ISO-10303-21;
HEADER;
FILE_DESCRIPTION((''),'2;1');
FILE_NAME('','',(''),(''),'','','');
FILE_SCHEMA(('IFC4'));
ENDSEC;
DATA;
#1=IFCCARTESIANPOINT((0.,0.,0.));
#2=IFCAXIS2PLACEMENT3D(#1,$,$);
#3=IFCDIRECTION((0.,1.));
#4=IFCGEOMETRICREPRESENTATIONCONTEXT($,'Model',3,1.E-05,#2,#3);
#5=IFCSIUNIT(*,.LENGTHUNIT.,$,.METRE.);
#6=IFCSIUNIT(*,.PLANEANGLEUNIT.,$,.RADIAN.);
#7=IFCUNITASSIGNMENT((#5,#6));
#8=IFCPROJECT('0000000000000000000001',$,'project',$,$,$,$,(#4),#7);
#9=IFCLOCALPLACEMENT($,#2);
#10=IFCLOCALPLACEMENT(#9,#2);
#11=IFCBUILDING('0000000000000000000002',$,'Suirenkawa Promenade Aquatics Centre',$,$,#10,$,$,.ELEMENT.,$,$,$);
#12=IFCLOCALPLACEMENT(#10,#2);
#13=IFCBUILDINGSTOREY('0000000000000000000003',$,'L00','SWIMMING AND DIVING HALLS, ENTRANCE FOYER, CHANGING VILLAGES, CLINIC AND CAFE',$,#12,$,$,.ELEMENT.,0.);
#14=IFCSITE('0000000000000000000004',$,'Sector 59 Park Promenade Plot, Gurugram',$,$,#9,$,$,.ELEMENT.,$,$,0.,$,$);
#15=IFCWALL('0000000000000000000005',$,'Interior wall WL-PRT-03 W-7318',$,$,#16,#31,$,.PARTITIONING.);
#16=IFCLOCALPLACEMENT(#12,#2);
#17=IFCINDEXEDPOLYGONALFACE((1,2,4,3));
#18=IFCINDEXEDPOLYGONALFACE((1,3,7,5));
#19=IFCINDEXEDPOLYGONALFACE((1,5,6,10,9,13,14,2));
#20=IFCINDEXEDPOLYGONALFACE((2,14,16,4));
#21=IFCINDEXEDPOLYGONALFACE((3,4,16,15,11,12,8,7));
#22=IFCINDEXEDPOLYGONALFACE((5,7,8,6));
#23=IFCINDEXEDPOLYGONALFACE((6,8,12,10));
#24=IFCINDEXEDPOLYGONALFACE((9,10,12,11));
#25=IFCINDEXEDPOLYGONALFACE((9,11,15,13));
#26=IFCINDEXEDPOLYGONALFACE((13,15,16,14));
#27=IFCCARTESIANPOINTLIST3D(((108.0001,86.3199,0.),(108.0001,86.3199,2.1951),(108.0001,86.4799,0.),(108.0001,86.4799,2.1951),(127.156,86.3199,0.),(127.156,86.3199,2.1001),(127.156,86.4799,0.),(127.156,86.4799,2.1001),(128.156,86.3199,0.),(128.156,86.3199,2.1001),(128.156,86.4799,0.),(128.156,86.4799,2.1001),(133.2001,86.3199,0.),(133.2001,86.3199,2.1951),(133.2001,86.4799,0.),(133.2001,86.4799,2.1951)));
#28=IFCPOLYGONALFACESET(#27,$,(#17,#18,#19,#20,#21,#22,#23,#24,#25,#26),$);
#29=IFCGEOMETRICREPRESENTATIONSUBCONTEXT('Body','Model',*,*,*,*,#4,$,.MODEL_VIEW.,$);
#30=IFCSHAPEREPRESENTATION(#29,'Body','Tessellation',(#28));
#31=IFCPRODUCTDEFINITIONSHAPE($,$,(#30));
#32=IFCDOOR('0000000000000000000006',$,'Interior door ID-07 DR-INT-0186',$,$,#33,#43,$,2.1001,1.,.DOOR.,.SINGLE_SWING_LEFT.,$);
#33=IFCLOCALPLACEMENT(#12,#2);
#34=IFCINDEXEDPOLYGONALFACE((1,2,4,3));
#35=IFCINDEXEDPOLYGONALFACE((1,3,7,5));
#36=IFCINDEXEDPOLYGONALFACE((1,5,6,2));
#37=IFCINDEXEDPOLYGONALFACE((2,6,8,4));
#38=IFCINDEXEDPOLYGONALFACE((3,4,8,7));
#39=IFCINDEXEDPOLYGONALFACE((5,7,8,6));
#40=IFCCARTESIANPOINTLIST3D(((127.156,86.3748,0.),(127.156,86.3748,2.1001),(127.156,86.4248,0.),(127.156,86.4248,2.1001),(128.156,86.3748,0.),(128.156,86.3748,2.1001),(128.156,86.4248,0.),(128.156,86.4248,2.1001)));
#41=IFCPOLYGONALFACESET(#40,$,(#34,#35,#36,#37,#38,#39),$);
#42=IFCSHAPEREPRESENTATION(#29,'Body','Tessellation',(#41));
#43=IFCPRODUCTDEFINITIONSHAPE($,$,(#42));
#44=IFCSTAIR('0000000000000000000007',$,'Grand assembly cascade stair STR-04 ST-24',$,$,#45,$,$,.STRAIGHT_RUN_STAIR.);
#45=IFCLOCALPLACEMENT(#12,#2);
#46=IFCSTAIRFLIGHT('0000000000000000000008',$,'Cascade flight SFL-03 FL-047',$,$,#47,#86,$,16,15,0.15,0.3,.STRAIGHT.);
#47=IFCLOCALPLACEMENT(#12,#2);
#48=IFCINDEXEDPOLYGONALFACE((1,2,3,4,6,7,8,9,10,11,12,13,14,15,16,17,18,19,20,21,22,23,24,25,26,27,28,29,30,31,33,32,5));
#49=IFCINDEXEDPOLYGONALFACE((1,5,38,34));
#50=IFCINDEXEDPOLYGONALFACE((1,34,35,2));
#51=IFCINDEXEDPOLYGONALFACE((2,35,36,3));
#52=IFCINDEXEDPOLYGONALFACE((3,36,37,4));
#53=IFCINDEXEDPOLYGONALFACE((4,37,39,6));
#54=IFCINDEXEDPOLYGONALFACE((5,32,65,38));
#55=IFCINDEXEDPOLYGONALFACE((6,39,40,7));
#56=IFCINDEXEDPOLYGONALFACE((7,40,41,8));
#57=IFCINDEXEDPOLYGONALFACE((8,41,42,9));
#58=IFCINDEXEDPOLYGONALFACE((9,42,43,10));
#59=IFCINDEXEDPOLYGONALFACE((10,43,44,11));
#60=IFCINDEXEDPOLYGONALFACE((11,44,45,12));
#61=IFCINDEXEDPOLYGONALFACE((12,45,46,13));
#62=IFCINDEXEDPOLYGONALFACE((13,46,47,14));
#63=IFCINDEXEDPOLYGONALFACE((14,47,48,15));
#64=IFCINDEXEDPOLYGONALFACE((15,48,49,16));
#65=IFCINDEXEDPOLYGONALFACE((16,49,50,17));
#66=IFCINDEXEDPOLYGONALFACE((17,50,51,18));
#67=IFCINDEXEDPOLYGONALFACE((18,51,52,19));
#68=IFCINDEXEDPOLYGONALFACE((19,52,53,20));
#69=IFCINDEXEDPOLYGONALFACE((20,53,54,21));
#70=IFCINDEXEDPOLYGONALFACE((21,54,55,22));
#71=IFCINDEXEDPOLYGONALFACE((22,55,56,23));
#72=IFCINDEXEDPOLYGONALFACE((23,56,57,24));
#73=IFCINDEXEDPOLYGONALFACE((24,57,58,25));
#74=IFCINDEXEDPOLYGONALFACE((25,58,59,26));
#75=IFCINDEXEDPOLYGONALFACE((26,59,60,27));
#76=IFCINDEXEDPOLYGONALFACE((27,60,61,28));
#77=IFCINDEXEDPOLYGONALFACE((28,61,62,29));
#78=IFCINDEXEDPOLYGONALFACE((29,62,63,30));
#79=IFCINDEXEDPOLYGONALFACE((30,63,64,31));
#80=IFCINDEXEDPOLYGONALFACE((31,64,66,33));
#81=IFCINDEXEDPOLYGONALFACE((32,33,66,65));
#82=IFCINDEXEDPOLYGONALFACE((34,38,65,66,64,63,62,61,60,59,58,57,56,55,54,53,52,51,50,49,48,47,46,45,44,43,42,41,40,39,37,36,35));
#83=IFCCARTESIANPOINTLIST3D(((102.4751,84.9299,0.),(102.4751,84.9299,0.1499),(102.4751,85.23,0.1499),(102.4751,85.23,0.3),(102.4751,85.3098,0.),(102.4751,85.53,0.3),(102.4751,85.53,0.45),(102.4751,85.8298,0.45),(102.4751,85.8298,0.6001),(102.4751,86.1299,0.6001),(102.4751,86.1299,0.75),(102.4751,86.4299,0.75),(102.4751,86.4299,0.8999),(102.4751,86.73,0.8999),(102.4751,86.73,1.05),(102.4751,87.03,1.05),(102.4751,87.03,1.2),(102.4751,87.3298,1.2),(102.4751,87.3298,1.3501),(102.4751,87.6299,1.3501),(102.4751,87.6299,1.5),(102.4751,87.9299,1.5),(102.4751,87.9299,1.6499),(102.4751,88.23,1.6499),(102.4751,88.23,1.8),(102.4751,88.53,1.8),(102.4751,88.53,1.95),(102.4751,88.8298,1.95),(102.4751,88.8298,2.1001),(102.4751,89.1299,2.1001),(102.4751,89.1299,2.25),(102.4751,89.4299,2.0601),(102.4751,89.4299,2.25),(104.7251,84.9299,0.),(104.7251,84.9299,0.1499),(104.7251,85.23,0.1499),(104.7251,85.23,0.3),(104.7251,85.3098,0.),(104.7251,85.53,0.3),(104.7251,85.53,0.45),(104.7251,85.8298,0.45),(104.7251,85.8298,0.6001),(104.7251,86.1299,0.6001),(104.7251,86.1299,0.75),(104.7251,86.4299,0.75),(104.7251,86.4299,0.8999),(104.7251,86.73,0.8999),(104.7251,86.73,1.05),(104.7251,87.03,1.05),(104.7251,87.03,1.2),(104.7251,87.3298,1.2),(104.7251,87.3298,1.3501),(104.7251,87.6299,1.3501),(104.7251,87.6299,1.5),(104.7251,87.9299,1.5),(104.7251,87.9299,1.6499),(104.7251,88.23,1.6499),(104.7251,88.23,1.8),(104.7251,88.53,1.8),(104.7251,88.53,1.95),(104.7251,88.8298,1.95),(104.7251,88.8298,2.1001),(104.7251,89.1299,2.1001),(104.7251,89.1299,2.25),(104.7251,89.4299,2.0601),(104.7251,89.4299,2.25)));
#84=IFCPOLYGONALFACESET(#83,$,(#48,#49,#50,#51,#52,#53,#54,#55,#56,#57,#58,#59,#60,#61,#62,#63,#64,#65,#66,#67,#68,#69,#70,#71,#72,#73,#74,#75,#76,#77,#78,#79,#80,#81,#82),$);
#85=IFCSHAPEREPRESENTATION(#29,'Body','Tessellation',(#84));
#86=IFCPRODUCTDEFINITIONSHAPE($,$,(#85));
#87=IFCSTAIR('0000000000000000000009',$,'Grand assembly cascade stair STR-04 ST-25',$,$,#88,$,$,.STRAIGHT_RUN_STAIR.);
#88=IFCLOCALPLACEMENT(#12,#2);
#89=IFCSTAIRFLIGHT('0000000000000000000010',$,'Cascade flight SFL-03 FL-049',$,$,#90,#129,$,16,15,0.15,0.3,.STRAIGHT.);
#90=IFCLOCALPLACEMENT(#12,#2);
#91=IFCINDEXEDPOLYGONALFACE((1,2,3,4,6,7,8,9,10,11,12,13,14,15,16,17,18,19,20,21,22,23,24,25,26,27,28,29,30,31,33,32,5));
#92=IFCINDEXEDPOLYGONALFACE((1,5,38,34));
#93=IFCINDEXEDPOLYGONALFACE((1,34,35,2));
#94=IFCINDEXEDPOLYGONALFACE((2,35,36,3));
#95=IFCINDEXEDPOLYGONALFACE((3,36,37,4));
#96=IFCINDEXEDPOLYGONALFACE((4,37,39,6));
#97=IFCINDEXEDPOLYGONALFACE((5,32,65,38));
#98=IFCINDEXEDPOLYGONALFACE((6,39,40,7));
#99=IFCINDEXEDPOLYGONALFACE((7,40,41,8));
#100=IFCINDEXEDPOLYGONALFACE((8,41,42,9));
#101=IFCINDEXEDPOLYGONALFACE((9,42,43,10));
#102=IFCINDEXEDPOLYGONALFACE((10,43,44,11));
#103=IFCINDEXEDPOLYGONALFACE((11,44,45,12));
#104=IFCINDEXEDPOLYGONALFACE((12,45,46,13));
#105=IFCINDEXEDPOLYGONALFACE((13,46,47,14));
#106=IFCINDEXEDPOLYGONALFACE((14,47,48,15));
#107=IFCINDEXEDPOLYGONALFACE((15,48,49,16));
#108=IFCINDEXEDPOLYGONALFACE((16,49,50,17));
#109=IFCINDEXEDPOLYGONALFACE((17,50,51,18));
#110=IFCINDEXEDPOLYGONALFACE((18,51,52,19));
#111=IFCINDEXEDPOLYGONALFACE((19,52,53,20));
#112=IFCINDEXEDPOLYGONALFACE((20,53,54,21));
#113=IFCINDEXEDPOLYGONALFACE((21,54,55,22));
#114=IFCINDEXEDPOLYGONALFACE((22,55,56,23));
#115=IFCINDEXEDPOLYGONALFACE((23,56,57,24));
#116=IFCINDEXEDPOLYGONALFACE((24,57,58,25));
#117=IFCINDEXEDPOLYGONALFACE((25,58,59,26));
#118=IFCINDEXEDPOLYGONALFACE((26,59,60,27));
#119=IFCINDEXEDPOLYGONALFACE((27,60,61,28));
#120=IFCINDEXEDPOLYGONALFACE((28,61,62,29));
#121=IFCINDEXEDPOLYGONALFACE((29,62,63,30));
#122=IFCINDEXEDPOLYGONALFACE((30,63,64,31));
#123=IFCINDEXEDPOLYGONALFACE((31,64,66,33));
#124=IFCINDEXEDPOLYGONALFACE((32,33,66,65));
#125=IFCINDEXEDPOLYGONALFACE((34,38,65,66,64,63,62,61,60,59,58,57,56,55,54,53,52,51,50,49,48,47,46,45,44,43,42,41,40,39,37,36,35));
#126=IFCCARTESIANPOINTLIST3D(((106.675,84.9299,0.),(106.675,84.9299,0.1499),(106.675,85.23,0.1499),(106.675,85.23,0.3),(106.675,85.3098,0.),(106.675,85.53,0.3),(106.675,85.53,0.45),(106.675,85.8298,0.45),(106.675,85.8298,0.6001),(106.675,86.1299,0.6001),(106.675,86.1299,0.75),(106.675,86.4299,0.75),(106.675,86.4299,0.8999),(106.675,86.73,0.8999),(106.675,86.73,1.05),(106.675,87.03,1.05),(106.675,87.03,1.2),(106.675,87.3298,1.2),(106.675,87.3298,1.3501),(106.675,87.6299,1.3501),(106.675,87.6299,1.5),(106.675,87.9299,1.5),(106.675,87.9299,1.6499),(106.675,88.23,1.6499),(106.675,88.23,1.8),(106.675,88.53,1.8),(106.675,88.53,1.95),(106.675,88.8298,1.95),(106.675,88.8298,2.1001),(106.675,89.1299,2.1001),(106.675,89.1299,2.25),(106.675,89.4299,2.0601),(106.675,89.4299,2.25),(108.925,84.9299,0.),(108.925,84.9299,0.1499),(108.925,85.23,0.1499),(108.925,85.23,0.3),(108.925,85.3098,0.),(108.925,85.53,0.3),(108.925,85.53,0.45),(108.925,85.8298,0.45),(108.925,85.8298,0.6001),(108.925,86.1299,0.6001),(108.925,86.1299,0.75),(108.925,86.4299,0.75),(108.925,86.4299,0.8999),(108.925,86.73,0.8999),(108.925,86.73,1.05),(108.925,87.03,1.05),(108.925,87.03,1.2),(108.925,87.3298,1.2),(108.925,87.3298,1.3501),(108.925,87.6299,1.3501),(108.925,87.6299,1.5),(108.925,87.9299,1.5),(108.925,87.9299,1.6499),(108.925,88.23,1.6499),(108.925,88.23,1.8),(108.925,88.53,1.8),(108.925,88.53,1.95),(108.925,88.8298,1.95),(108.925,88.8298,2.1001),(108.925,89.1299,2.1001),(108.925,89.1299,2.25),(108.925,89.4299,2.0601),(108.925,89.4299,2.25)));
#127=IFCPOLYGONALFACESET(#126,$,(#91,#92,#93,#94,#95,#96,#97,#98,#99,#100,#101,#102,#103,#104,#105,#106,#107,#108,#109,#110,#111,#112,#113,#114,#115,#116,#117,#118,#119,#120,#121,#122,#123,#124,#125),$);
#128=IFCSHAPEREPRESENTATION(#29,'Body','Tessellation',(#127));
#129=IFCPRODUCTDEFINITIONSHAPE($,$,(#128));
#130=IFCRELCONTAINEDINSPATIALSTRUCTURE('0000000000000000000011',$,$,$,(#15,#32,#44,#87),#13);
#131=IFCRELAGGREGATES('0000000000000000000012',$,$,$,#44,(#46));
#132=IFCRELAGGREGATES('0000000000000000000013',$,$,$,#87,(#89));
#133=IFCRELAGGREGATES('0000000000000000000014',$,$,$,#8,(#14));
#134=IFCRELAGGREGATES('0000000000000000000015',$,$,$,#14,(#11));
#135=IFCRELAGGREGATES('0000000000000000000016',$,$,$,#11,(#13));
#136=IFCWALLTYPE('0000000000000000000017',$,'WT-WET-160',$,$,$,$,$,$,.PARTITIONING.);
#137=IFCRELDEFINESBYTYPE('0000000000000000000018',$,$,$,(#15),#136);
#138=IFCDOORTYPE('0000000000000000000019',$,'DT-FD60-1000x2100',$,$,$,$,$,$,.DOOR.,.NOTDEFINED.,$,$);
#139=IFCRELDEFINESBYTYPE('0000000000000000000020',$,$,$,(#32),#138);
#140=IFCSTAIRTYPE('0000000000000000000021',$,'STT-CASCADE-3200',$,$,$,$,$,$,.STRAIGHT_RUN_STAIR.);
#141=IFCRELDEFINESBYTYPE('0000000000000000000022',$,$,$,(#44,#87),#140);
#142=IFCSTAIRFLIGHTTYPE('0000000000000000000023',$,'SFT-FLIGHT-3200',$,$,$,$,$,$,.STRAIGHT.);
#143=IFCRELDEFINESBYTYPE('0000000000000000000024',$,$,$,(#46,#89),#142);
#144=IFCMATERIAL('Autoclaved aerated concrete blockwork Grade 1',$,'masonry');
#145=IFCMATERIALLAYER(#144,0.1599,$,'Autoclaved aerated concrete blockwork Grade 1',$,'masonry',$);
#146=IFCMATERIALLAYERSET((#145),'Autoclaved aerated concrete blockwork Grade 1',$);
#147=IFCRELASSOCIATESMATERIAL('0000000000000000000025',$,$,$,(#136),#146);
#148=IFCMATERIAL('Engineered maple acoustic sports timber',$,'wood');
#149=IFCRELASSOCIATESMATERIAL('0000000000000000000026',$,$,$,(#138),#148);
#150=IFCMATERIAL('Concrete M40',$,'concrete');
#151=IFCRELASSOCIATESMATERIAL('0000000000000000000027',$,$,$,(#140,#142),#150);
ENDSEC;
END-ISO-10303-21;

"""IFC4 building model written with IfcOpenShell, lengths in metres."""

from ifc_helpers import new_model, si_unit, direction, frame, frame_2d, origin, place, context, subcontext, project, spatial, polyline, rectangle, outline, extrude, material, layer, layer_set, type_object, element, fill, aggregate, save


model = new_model("IFC4")

# Units and contexts
model_context = context("Model", 3, precision=1e-05, world=origin(), true_north=direction((0.0, 1.0)))
body_context = subcontext(model_context, "Body", "Model", "MODEL_VIEW")
ifc_project = project(units=[si_unit("LENGTHUNIT", "METRE"), si_unit("PLANEANGLEUNIT", "RADIAN")], contexts=[model_context])

# Site, building, storey
site_placement = place(None, origin())
site = spatial("IfcSite", under=ifc_project, at=site_placement, Name="Sector 59 Park Promenade Plot, Gurugram", CompositionType="ELEMENT", RefElevation=0.0)
building_placement = place(site_placement, origin())
building = spatial("IfcBuilding", under=site, at=building_placement, Name="Suirenkawa Promenade Aquatics Centre", CompositionType="ELEMENT")
storey_placement = place(building_placement, origin())
storey = spatial("IfcBuildingStorey", under=building, at=storey_placement, Name="L00", Description="SWIMMING AND DIVING HALLS, ENTRANCE FOYER, CHANGING VILLAGES, CLINIC AND CAFE", CompositionType="ELEMENT", Elevation=0.0)

# Shared definitions
ifc_material_1 = material(Name="Concrete M40", Category="concrete")

# Shared definitions
ifc_material_2 = material(Name="Autoclaved aerated concrete blockwork Grade 1", Category="masonry")

# Wall, opening, door
ifc_layer_1 = layer(ifc_material_2, 0.1599, Name="Autoclaved aerated concrete blockwork Grade 1", Category="masonry")
ifc_layer_set_1 = layer_set([ifc_layer_1], Name="Autoclaved aerated concrete blockwork Grade 1")
wall_type_1 = type_object("IfcWallType", Name="WT-WET-160", PredefinedType="PARTITIONING", material=ifc_layer_set_1)
wall_1_placement = place(storey_placement, frame((108.0, 86.3999, 0.0), z_axis=(0.0, 0.0, 1.0), x_axis=(1.0, 0.0, 0.0)))
wall_1 = element("IfcWall", 1, at=wall_1_placement, inside=storey, type_object=wall_type_1, Name="Interior wall WL-PRT-03 W-7318", PredefinedType="PARTITIONING", context=body_context, shape_type="SweptSolid", body=[
    extrude(rectangle(XDim=25.2, YDim=0.1599, at=frame_2d((12.6001, 0.0))), origin(), (0.0, 0.0, 1.0), 2.1951),
])
opening_placement = place(wall_1_placement, frame((19.156, 0.0, 0.0)))
opening = element("IfcOpeningElement", 2, at=opening_placement, cuts=wall_1, PredefinedType="OPENING", context=body_context, shape_type="SweptSolid", body=[
    extrude(rectangle(XDim=1.0, YDim=2.1001, at=frame_2d((0.5, 1.05))), frame((0.0, 0.0898, 0.0), z_axis=(0.0, -1.0, 0.0), x_axis=(1.0, 0.0, 0.0)), (0.0, 0.0, 1.0), 0.1799),
])
ifc_material_3 = material(Name="Engineered maple acoustic sports timber", Category="wood")
door_type = type_object("IfcDoorType", Name="DT-FD60-1000x2100", OperationType="NOTDEFINED", PredefinedType="DOOR", material=ifc_material_3)
door_placement = place(opening_placement, origin())
door = element("IfcDoor", 3, at=door_placement, inside=storey, type_object=door_type, Name="Interior door ID-07 DR-INT-0186", OperationType="SINGLE_SWING_LEFT", OverallHeight=2.1001, OverallWidth=1.0, PredefinedType="DOOR", context=body_context, shape_type="SweptSolid", body=[
    extrude(rectangle(XDim=1.0, YDim=2.1001, at=frame_2d((0.5, 1.05))), frame((0.0, 0.0249, 0.0), z_axis=(0.0, -1.0, 0.0), x_axis=(1.0, 0.0, 0.0)), (0.0, 0.0, 1.0), 0.05),
])
fill(opening, door)

# Stairs, stair flights
stair_type = type_object("IfcStairType", Name="STT-CASCADE-3200", PredefinedType="STRAIGHT_RUN_STAIR", material=ifc_material_1)
stair_1_placement = place(storey_placement, origin())
stair_1 = element("IfcStair", 4, at=stair_1_placement, inside=storey, type_object=stair_type, Name="Grand assembly cascade stair STR-04 ST-24", PredefinedType="STRAIGHT_RUN_STAIR")
stair_flight_type = type_object("IfcStairFlightType", Name="SFT-FLIGHT-3200", PredefinedType="STRAIGHT", material=ifc_material_1)
stair_flight_1_placement = place(storey_placement, frame((103.6001, 84.9299, 0.0), z_axis=(0.0, 0.0, 1.0), x_axis=(0.0, 1.0, 0.0)))
stair_flight_1 = element("IfcStairFlight", 5, at=stair_flight_1_placement, type_object=stair_flight_type, Name="Cascade flight SFL-03 FL-047", NumberOfRisers=16, NumberOfTreads=15, PredefinedType="STRAIGHT", RiserHeight=0.15, TreadLength=0.3, context=body_context, shape_type="SweptSolid", body=[
    extrude(outline(polyline([(0.0, 0.0), (0.0, 0.1499), (0.3, 0.1499), (0.3, 0.3), (0.6001, 0.3), (0.6001, 0.45), (0.8999, 0.45), (0.8999, 0.6001), (1.2, 0.6001), (1.2, 0.75), (1.5, 0.75), (1.5, 0.8999), (1.8, 0.8999), (1.8, 1.05), (2.1001, 1.05), (2.1001, 1.2), (2.3999, 1.2), (2.3999, 1.3501), (2.7, 1.3501), (2.7, 1.5), (3.0, 1.5), (3.0, 1.6499), (3.3, 1.6499), (3.3, 1.8), (3.6001, 1.8), (3.6001, 1.95), (3.8999, 1.95), (3.8999, 2.1001), (4.2, 2.1001), (4.2, 2.25), (4.5, 2.25), (4.5, 2.3999), (4.5, 2.0601), (0.3799, 0.0), (0.0, 0.0)])), frame((0.0, 1.125, 0.0), z_axis=(0.0, -1.0, 0.0), x_axis=(1.0, 0.0, 0.0)), (0.0, 0.0, 1.0), 2.25),
])
aggregate(stair_1, [stair_flight_1])
stair_2_placement = place(storey_placement, origin())
stair_2 = element("IfcStair", 6, at=stair_2_placement, inside=storey, type_object=stair_type, Name="Grand assembly cascade stair STR-04 ST-25", PredefinedType="STRAIGHT_RUN_STAIR")
stair_flight_2_placement = place(storey_placement, frame((107.8, 84.9299, 0.0), z_axis=(0.0, 0.0, 1.0), x_axis=(0.0, 1.0, 0.0)))
stair_flight_2 = element("IfcStairFlight", 7, at=stair_flight_2_placement, type_object=stair_flight_type, Name="Cascade flight SFL-03 FL-049", NumberOfRisers=16, NumberOfTreads=15, PredefinedType="STRAIGHT", RiserHeight=0.15, TreadLength=0.3, context=body_context, shape_type="SweptSolid", body=[
    extrude(outline(polyline([(0.0, 0.0), (0.0, 0.1499), (0.3, 0.1499), (0.3, 0.3), (0.6001, 0.3), (0.6001, 0.45), (0.8999, 0.45), (0.8999, 0.6001), (1.2, 0.6001), (1.2, 0.75), (1.5, 0.75), (1.5, 0.8999), (1.8, 0.8999), (1.8, 1.05), (2.1001, 1.05), (2.1001, 1.2), (2.3999, 1.2), (2.3999, 1.3501), (2.7, 1.3501), (2.7, 1.5), (3.0, 1.5), (3.0, 1.6499), (3.3, 1.6499), (3.3, 1.8), (3.6001, 1.8), (3.6001, 1.95), (3.8999, 1.95), (3.8999, 2.1001), (4.2, 2.1001), (4.2, 2.25), (4.5, 2.25), (4.5, 2.3999), (4.5, 2.0601), (0.3799, 0.0), (0.0, 0.0)])), frame((0.0, 1.125, 0.0), z_axis=(0.0, -1.0, 0.0), x_axis=(1.0, 0.0, 0.0)), (0.0, 0.0, 1.0), 2.25),
])
aggregate(stair_2, [stair_flight_2])

save(model, "model.ifc")
